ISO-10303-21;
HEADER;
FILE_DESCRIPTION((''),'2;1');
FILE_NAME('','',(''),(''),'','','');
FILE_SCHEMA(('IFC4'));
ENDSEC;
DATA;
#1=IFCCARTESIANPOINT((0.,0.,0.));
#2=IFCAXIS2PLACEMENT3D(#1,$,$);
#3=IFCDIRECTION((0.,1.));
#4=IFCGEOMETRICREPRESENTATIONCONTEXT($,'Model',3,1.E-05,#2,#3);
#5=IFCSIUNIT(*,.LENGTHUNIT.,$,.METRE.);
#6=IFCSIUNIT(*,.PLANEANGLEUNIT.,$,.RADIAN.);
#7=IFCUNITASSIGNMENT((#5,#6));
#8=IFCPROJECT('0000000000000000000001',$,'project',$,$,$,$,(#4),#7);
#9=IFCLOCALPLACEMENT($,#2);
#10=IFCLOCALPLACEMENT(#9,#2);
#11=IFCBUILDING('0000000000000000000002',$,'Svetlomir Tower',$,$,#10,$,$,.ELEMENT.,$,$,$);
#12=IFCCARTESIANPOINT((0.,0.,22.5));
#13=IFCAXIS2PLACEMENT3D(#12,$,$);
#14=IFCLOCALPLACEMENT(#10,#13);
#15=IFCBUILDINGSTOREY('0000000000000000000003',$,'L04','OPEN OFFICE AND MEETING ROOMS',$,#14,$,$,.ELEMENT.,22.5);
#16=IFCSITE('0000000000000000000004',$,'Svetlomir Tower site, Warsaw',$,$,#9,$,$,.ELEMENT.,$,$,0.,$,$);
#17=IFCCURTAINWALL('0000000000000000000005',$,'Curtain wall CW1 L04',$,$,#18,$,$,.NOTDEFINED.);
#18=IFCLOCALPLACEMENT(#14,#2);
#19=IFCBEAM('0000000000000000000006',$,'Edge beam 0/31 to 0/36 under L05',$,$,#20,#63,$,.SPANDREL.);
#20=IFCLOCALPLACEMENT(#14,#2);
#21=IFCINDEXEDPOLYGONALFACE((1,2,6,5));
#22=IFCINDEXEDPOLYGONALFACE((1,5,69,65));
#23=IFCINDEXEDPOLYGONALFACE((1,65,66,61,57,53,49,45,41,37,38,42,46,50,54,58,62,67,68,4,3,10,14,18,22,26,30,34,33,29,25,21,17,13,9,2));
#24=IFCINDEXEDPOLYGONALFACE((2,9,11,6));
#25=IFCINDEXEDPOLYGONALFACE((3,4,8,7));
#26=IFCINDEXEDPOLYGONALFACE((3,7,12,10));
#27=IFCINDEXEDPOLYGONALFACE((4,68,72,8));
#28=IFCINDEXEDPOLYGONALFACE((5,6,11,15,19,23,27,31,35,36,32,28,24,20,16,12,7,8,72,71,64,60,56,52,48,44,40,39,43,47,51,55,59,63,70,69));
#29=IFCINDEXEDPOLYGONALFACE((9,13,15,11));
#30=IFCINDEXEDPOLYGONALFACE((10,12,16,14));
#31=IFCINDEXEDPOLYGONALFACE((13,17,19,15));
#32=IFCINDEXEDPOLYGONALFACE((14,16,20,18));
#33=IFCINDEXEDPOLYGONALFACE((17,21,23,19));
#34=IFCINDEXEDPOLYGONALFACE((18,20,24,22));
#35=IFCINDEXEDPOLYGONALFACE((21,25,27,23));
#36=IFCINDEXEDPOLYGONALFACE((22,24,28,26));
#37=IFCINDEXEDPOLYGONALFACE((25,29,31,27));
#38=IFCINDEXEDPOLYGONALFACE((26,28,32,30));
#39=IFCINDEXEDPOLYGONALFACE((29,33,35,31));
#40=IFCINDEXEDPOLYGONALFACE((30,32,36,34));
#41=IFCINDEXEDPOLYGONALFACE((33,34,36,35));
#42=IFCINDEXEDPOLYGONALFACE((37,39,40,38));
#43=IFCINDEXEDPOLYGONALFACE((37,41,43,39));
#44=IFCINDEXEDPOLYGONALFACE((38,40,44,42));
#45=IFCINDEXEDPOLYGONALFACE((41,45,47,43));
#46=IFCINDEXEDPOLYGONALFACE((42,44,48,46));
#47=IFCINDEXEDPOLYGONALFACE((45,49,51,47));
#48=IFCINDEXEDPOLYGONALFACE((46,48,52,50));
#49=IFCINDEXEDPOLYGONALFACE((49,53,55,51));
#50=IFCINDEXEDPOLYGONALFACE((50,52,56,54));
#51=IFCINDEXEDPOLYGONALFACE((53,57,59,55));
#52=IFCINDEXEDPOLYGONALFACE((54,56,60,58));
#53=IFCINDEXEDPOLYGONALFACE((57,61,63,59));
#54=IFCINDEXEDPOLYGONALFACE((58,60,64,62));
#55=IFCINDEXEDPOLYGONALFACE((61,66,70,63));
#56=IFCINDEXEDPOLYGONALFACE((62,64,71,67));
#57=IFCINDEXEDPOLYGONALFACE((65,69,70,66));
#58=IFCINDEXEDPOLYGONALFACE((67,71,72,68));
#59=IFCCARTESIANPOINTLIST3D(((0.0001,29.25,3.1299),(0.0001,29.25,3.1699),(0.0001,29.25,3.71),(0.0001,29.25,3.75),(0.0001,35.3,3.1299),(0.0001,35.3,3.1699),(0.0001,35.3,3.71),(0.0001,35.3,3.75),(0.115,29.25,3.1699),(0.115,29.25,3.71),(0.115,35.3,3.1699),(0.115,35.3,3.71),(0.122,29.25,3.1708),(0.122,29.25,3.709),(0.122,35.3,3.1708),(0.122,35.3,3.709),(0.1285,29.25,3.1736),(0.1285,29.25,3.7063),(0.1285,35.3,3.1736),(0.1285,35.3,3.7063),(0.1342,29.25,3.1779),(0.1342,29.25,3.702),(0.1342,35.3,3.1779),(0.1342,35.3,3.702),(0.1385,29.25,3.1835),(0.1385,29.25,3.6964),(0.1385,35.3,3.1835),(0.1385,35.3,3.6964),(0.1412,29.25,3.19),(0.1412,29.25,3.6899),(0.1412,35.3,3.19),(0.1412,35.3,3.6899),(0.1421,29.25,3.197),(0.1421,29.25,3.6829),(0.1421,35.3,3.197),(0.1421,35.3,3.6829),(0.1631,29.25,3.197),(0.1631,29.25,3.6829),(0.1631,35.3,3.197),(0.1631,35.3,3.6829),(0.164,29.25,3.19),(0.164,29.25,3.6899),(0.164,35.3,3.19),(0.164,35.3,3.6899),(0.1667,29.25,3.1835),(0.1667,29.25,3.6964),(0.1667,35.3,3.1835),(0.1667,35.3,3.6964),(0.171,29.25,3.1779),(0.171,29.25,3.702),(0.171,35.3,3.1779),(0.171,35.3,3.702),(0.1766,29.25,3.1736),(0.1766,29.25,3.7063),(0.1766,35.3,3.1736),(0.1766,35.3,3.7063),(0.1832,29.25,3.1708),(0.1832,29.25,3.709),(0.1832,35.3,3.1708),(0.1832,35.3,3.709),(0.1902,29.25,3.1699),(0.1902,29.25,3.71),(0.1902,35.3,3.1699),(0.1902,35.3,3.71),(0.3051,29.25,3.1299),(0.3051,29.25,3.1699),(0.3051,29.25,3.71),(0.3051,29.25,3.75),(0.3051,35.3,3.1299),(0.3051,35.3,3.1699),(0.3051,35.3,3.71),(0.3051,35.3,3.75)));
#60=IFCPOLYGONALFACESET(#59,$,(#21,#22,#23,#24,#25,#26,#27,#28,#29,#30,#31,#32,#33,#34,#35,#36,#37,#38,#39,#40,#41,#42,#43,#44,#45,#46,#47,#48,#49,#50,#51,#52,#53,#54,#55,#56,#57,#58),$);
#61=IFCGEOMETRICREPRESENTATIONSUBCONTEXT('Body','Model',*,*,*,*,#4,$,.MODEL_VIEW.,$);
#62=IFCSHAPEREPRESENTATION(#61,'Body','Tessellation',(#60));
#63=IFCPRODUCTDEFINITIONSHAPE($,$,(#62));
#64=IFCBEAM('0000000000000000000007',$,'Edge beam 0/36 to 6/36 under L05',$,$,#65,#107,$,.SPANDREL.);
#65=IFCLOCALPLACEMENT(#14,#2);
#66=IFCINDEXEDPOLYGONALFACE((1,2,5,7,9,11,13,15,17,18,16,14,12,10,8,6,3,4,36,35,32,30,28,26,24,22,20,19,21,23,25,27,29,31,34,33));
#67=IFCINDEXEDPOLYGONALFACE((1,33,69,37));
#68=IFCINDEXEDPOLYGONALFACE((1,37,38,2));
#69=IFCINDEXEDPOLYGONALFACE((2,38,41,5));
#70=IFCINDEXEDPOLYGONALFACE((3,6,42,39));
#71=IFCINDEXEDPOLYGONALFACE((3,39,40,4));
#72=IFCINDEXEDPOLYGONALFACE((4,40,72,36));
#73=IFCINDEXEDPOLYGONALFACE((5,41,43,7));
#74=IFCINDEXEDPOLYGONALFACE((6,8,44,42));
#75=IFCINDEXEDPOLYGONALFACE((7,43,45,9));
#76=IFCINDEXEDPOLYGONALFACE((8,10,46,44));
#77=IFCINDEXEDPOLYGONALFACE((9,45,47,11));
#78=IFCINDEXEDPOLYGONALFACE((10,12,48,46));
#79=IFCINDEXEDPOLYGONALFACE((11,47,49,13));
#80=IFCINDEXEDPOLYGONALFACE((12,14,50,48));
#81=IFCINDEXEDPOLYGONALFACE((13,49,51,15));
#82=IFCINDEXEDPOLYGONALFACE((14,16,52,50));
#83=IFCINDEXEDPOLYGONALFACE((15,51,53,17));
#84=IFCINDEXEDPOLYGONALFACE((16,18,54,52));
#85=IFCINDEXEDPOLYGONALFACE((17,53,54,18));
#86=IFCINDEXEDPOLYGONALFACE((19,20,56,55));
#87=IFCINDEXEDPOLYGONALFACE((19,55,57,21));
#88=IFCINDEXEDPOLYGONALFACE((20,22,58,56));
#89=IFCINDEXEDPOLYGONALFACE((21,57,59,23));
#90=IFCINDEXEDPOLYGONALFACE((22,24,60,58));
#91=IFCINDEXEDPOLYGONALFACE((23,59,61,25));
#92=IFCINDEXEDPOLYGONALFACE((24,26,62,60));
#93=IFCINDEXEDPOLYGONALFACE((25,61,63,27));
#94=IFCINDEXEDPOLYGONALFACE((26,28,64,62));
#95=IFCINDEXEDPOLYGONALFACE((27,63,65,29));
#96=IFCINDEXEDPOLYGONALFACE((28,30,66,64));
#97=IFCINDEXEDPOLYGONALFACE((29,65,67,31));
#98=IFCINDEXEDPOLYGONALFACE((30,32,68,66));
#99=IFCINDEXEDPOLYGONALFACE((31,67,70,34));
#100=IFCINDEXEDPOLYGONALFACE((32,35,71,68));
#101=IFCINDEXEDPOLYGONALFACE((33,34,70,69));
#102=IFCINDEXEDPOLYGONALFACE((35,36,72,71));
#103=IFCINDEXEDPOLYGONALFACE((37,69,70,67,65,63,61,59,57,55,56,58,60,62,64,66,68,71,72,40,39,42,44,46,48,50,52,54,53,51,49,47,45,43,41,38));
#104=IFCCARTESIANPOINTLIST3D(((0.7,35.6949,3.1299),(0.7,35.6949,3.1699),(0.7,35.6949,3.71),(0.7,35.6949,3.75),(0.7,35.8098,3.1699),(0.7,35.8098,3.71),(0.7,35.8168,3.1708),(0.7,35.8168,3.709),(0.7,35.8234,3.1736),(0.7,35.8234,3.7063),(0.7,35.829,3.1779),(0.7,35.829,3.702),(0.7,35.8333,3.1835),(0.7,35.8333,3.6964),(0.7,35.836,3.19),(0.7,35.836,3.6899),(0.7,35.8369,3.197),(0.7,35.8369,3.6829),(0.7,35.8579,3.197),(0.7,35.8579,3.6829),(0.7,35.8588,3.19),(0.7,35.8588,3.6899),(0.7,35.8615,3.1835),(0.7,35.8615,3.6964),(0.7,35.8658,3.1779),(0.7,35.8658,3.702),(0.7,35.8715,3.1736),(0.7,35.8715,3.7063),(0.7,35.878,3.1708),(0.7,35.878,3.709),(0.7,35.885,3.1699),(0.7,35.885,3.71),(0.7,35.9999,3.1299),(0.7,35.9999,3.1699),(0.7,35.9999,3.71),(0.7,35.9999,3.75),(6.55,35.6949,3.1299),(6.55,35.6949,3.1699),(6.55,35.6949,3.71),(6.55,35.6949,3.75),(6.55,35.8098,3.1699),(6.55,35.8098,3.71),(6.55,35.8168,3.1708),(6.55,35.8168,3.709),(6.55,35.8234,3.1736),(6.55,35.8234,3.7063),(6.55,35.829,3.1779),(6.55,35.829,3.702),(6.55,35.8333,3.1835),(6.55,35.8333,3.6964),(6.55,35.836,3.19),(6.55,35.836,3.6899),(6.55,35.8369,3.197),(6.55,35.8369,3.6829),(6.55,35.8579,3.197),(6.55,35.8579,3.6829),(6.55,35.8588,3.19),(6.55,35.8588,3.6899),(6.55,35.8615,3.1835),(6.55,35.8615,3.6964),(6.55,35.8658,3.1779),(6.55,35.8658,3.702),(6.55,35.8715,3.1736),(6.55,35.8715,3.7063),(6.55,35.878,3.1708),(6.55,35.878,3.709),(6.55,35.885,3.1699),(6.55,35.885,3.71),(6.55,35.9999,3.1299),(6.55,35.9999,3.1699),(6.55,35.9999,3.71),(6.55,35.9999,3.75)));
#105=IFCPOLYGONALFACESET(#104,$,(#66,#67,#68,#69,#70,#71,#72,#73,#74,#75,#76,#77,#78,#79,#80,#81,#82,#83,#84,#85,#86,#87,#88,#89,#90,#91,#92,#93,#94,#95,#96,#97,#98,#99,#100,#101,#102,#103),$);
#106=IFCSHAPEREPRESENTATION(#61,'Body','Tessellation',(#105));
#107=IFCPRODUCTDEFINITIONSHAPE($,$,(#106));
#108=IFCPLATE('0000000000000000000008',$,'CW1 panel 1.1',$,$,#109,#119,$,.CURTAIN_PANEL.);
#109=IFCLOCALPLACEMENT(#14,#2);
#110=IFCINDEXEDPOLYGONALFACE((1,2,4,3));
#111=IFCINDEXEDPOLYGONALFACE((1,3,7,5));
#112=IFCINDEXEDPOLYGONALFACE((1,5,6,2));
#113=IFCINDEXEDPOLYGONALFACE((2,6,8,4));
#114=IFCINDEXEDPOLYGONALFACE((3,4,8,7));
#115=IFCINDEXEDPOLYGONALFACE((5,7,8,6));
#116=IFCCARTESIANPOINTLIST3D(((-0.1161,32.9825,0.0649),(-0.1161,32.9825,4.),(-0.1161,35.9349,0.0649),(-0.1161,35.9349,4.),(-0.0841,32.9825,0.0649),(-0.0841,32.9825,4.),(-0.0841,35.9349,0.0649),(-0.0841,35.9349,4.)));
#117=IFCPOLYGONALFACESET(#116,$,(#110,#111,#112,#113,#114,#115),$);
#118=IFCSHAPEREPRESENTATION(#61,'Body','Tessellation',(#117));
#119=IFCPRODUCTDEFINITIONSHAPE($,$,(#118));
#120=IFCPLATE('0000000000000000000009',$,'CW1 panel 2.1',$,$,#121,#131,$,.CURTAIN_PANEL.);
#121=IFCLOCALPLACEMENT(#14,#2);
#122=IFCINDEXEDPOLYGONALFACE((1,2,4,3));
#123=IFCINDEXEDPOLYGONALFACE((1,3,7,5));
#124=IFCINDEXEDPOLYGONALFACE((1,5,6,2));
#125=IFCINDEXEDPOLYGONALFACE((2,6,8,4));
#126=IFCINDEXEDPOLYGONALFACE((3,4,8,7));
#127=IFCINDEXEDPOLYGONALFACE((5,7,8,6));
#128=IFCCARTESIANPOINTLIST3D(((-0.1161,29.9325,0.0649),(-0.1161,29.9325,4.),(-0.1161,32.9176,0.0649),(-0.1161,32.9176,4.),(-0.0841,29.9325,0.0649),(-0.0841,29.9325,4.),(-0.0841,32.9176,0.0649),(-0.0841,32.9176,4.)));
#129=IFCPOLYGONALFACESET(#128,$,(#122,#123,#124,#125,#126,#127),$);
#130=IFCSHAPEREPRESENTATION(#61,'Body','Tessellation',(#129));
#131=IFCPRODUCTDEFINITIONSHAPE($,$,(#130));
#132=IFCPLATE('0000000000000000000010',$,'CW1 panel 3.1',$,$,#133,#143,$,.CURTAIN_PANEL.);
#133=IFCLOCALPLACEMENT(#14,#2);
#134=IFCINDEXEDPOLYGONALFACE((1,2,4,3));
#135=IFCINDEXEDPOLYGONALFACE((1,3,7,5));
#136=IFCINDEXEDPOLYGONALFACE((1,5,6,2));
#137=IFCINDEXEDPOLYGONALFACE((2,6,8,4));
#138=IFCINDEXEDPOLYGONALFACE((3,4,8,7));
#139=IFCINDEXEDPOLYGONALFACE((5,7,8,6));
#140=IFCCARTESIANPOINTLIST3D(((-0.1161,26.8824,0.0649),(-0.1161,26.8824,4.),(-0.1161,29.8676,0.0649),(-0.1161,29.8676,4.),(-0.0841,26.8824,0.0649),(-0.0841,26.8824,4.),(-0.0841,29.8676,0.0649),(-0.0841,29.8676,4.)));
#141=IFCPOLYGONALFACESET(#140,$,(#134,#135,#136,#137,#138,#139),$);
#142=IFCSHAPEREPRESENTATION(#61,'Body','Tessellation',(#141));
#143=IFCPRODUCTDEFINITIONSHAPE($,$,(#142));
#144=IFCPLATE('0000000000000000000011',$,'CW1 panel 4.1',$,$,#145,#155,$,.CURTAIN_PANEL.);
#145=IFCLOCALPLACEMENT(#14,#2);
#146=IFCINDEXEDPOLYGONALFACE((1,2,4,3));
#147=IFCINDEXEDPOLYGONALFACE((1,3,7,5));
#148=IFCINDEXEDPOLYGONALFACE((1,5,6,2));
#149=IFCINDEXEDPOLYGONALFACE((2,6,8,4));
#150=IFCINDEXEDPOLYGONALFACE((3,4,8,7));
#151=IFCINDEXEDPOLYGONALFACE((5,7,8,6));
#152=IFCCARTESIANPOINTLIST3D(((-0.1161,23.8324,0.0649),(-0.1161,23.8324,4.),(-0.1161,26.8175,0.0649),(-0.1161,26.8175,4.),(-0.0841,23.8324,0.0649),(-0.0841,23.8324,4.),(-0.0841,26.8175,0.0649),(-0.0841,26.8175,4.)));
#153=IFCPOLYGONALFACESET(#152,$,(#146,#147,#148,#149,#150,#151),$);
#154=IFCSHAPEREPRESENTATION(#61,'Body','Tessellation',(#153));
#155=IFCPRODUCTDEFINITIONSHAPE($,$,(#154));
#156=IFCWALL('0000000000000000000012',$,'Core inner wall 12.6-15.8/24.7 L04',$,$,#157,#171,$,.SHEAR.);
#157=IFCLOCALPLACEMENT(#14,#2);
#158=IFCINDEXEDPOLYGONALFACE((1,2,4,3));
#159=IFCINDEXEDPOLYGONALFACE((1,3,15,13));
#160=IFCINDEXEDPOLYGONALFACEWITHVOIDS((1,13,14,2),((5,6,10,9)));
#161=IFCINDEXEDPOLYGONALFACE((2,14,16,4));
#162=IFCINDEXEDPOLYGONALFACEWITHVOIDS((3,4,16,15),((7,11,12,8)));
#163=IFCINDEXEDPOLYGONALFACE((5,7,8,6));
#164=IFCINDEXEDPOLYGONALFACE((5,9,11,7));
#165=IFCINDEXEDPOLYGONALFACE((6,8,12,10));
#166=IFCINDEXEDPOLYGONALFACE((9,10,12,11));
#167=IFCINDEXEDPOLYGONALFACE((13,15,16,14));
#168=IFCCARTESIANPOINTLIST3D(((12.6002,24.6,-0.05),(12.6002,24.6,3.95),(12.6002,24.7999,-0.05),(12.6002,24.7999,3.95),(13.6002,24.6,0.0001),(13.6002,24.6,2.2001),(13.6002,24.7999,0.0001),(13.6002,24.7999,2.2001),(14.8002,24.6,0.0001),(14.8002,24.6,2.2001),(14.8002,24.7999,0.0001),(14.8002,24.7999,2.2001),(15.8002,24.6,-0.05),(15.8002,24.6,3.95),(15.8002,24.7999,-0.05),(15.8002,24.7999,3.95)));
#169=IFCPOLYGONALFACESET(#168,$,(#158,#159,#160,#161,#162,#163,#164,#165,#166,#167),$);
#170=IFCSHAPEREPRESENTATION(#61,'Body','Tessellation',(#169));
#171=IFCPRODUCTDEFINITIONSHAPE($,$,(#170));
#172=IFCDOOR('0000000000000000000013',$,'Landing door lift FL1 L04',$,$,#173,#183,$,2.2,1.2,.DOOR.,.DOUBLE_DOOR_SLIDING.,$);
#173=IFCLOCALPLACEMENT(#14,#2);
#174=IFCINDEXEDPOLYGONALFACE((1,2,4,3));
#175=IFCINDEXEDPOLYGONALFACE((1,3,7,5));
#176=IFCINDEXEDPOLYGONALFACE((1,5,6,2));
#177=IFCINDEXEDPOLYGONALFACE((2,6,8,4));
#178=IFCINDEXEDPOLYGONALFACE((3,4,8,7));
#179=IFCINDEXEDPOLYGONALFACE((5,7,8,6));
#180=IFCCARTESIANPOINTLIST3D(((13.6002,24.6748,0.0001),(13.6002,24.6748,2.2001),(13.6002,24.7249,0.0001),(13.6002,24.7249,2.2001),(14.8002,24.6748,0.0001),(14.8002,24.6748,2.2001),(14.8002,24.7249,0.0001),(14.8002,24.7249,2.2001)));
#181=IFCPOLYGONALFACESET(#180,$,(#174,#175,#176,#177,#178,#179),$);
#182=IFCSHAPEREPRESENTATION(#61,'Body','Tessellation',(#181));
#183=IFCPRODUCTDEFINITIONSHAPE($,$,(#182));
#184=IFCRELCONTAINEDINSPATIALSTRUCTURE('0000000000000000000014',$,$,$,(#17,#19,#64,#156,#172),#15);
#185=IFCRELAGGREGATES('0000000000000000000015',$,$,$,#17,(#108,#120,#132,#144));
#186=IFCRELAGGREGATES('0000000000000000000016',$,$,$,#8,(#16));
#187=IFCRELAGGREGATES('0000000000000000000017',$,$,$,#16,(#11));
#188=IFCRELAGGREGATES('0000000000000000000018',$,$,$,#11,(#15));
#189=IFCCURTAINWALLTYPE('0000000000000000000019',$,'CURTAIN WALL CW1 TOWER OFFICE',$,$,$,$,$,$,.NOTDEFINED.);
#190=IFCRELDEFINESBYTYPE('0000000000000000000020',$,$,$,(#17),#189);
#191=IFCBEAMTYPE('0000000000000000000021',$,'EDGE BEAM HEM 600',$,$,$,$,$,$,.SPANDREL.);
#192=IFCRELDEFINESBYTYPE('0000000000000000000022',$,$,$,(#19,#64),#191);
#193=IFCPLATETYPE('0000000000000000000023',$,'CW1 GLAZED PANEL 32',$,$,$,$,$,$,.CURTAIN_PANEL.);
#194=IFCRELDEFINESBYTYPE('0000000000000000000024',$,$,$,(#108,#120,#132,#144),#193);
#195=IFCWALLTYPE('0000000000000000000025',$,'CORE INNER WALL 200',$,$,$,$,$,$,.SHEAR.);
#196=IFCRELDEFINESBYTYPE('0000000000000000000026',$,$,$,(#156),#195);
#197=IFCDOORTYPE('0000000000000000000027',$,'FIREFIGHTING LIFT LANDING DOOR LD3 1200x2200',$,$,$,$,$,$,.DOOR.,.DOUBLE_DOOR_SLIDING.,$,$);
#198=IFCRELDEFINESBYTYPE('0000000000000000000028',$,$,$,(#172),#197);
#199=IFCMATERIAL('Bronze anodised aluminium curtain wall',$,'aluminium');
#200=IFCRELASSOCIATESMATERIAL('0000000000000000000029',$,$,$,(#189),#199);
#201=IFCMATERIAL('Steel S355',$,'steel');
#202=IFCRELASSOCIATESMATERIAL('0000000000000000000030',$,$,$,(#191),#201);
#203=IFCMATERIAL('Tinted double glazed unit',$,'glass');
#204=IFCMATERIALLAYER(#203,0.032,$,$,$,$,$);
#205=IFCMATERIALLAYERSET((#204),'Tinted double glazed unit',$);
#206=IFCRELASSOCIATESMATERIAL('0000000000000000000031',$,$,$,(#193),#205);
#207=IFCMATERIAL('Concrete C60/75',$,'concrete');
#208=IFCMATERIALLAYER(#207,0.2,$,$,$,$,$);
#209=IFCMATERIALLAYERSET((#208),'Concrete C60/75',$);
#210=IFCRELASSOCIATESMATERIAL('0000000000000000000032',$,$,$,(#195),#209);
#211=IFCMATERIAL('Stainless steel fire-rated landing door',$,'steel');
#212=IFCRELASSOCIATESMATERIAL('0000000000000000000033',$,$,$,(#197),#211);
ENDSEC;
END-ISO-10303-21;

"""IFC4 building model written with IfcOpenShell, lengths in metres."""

from ifc_helpers import new_model, si_unit, direction, frame, frame_2d, origin, origin_2d, place, context, subcontext, project, spatial, rectangle, i_section, extrude, material, layer, layer_set, material_profile, profile_set, type_object, element, fill, aggregate, save


model = new_model("IFC4")

# Units and contexts
model_context = context("Model", 3, precision=1e-05, world=origin(), true_north=direction((0.0, 1.0)))
body_context = subcontext(model_context, "Body", "Model", "MODEL_VIEW")
ifc_project = project(units=[si_unit("LENGTHUNIT", "METRE"), si_unit("PLANEANGLEUNIT", "RADIAN")], contexts=[model_context])

# Site, building, storey
site_placement = place(None, origin())
site = spatial("IfcSite", under=ifc_project, at=site_placement, Name="Svetlomir Tower site, Warsaw", CompositionType="ELEMENT", RefElevation=0.0)
building_placement = place(site_placement, origin())
building = spatial("IfcBuilding", under=site, at=building_placement, Name="Svetlomir Tower", CompositionType="ELEMENT")
storey_placement = place(building_placement, frame((0.0, 0.0, 22.5)))
storey = spatial("IfcBuildingStorey", under=building, at=storey_placement, Name="L04", Description="OPEN OFFICE AND MEETING ROOMS", CompositionType="ELEMENT", Elevation=22.5)

# Curtain wall
ifc_material_1 = material(Name="Bronze anodised aluminium curtain wall", Category="aluminium")
curtain_wall_type = type_object("IfcCurtainWallType", Name="CURTAIN WALL CW1 TOWER OFFICE", PredefinedType="NOTDEFINED", material=ifc_material_1)
curtain_wall_placement = place(storey_placement, origin())
curtain_wall = element("IfcCurtainWall", 1, at=curtain_wall_placement, inside=storey, type_object=curtain_wall_type, Name="Curtain wall CW1 L04", PredefinedType="NOTDEFINED")

# Beams
ifc_material_2 = material(Name="Steel S355", Category="steel")
ifc_material_profile_1 = material_profile(ifc_material_2, i_section(OverallWidth=0.3049, OverallDepth=0.6201, WebThickness=0.021, FlangeThickness=0.04, FilletRadius=0.0271, at=origin_2d()), Name="HEM 600")
ifc_profile_set_1 = profile_set([ifc_material_profile_1], Name="Steel S355")
beam_type = type_object("IfcBeamType", Name="EDGE BEAM HEM 600", PredefinedType="SPANDREL", material=ifc_profile_set_1)
beam_1_placement = place(storey_placement, frame((0.1526, 29.25, 3.4399), z_axis=(0.0, 1.0, 0.0), x_axis=(-1.0, 0.0, 0.0)))
element("IfcBeam", 2, at=beam_1_placement, inside=storey, type_object=beam_type, Name="Edge beam 0/31 to 0/36 under L05", PredefinedType="SPANDREL", context=body_context, shape_type="SweptSolid", body=[
    extrude(i_section(OverallWidth=0.3049, OverallDepth=0.6201, WebThickness=0.021, FlangeThickness=0.04, FilletRadius=0.0271, at=origin_2d()), origin(), (0.0, 0.0, 1.0), 6.05),
])
beam_2_placement = place(storey_placement, frame((0.7, 35.8474, 3.4399), z_axis=(1.0, 0.0, 0.0), x_axis=(0.0, 1.0, 0.0)))
element("IfcBeam", 3, at=beam_2_placement, inside=storey, type_object=beam_type, Name="Edge beam 0/36 to 6/36 under L05", PredefinedType="SPANDREL", context=body_context, shape_type="SweptSolid", body=[
    extrude(i_section(OverallWidth=0.3049, OverallDepth=0.6201, WebThickness=0.021, FlangeThickness=0.04, FilletRadius=0.0271, at=origin_2d()), origin(), (0.0, 0.0, 1.0), 5.8501),
])

# Plates
ifc_material_3 = material(Name="Tinted double glazed unit", Category="glass")
ifc_layer_1 = layer(ifc_material_3, 0.032)
ifc_layer_set_1 = layer_set([ifc_layer_1], Name="Tinted double glazed unit")
plate_type = type_object("IfcPlateType", Name="CW1 GLAZED PANEL 32", PredefinedType="CURTAIN_PANEL", material=ifc_layer_set_1)
plate_1_placement = place(storey_placement, frame((-0.1001, 34.4587, 0.0649), z_axis=(0.0, 0.0, 1.0), x_axis=(0.0, -1.0, 0.0)))
plate_1 = element("IfcPlate", 4, at=plate_1_placement, type_object=plate_type, Name="CW1 panel 1.1", PredefinedType="CURTAIN_PANEL", context=body_context, shape_type="SweptSolid", body=[
    extrude(rectangle(XDim=2.9524, YDim=0.032, at=origin_2d()), origin(), (0.0, 0.0, 1.0), 3.9351),
])
plate_2_placement = place(storey_placement, frame((-0.1001, 31.425, 0.0649), z_axis=(0.0, 0.0, 1.0), x_axis=(0.0, -1.0, 0.0)))
plate_2 = element("IfcPlate", 5, at=plate_2_placement, type_object=plate_type, Name="CW1 panel 2.1", PredefinedType="CURTAIN_PANEL", context=body_context, shape_type="SweptSolid", body=[
    extrude(rectangle(XDim=2.9851, YDim=0.032, at=origin_2d()), origin(), (0.0, 0.0, 1.0), 3.9351),
])
plate_3_placement = place(storey_placement, frame((-0.1001, 28.375, 0.0649), z_axis=(0.0, 0.0, 1.0), x_axis=(0.0, -1.0, 0.0)))
plate_3 = element("IfcPlate", 6, at=plate_3_placement, type_object=plate_type, Name="CW1 panel 3.1", PredefinedType="CURTAIN_PANEL", context=body_context, shape_type="SweptSolid", body=[
    extrude(rectangle(XDim=2.9851, YDim=0.032, at=origin_2d()), origin(), (0.0, 0.0, 1.0), 3.9351),
])
plate_4_placement = place(storey_placement, frame((-0.1001, 25.325, 0.0649), z_axis=(0.0, 0.0, 1.0), x_axis=(0.0, -1.0, 0.0)))
plate_4 = element("IfcPlate", 7, at=plate_4_placement, type_object=plate_type, Name="CW1 panel 4.1", PredefinedType="CURTAIN_PANEL", context=body_context, shape_type="SweptSolid", body=[
    extrude(rectangle(XDim=2.9851, YDim=0.032, at=origin_2d()), origin(), (0.0, 0.0, 1.0), 3.9351),
])
aggregate(curtain_wall, [plate_1, plate_2, plate_3, plate_4])

# Wall, opening, door
ifc_material_4 = material(Name="Concrete C60/75", Category="concrete")
ifc_layer_2 = layer(ifc_material_4, 0.2)
ifc_layer_set_2 = layer_set([ifc_layer_2], Name="Concrete C60/75")
wall_type_1 = type_object("IfcWallType", Name="CORE INNER WALL 200", PredefinedType="SHEAR", material=ifc_layer_set_2)
wall_1_placement = place(storey_placement, frame((12.6001, 24.7, -0.05), z_axis=(0.0, 0.0, 1.0), x_axis=(1.0, 0.0, 0.0)))
wall_1 = element("IfcWall", 8, at=wall_1_placement, inside=storey, type_object=wall_type_1, Name="Core inner wall 12.6-15.8/24.7 L04", PredefinedType="SHEAR", context=body_context, shape_type="SweptSolid", body=[
    extrude(rectangle(XDim=3.2, YDim=0.2, at=frame_2d((1.6001, 0.0))), origin(), (0.0, 0.0, 1.0), 4.0),
])
opening_1_placement = place(wall_1_placement, frame((1.0, 0.0, 0.05)))
opening_1 = element("IfcOpeningElement", 9, at=opening_1_placement, cuts=wall_1, PredefinedType="OPENING", context=body_context, shape_type="SweptSolid", body=[
    extrude(rectangle(XDim=1.2, YDim=2.2, at=frame_2d((0.6001, 1.1001))), frame((0.0, 0.1099, 0.0), z_axis=(0.0, -1.0, 0.0), x_axis=(1.0, 0.0, 0.0)), (0.0, 0.0, 1.0), 0.22),
])
ifc_material_5 = material(Name="Stainless steel fire-rated landing door", Category="steel")
door_type_1 = type_object("IfcDoorType", Name="FIREFIGHTING LIFT LANDING DOOR LD3 1200x2200", OperationType="DOUBLE_DOOR_SLIDING", PredefinedType="DOOR", material=ifc_material_5)
door_1_placement = place(opening_1_placement, origin())
door_1 = element("IfcDoor", 10, at=door_1_placement, inside=storey, type_object=door_type_1, Name="Landing door lift FL1 L04", OperationType="DOUBLE_DOOR_SLIDING", OverallHeight=2.2, OverallWidth=1.2, PredefinedType="DOOR", context=body_context, shape_type="SweptSolid", body=[
    extrude(rectangle(XDim=1.2, YDim=2.2, at=frame_2d((0.6001, 1.1001))), frame((0.0, 0.0249, 0.0), z_axis=(0.0, -1.0, 0.0), x_axis=(1.0, 0.0, 0.0)), (0.0, 0.0, 1.0), 0.05),
])
fill(opening_1, door_1)

save(model, "model.ifc")
